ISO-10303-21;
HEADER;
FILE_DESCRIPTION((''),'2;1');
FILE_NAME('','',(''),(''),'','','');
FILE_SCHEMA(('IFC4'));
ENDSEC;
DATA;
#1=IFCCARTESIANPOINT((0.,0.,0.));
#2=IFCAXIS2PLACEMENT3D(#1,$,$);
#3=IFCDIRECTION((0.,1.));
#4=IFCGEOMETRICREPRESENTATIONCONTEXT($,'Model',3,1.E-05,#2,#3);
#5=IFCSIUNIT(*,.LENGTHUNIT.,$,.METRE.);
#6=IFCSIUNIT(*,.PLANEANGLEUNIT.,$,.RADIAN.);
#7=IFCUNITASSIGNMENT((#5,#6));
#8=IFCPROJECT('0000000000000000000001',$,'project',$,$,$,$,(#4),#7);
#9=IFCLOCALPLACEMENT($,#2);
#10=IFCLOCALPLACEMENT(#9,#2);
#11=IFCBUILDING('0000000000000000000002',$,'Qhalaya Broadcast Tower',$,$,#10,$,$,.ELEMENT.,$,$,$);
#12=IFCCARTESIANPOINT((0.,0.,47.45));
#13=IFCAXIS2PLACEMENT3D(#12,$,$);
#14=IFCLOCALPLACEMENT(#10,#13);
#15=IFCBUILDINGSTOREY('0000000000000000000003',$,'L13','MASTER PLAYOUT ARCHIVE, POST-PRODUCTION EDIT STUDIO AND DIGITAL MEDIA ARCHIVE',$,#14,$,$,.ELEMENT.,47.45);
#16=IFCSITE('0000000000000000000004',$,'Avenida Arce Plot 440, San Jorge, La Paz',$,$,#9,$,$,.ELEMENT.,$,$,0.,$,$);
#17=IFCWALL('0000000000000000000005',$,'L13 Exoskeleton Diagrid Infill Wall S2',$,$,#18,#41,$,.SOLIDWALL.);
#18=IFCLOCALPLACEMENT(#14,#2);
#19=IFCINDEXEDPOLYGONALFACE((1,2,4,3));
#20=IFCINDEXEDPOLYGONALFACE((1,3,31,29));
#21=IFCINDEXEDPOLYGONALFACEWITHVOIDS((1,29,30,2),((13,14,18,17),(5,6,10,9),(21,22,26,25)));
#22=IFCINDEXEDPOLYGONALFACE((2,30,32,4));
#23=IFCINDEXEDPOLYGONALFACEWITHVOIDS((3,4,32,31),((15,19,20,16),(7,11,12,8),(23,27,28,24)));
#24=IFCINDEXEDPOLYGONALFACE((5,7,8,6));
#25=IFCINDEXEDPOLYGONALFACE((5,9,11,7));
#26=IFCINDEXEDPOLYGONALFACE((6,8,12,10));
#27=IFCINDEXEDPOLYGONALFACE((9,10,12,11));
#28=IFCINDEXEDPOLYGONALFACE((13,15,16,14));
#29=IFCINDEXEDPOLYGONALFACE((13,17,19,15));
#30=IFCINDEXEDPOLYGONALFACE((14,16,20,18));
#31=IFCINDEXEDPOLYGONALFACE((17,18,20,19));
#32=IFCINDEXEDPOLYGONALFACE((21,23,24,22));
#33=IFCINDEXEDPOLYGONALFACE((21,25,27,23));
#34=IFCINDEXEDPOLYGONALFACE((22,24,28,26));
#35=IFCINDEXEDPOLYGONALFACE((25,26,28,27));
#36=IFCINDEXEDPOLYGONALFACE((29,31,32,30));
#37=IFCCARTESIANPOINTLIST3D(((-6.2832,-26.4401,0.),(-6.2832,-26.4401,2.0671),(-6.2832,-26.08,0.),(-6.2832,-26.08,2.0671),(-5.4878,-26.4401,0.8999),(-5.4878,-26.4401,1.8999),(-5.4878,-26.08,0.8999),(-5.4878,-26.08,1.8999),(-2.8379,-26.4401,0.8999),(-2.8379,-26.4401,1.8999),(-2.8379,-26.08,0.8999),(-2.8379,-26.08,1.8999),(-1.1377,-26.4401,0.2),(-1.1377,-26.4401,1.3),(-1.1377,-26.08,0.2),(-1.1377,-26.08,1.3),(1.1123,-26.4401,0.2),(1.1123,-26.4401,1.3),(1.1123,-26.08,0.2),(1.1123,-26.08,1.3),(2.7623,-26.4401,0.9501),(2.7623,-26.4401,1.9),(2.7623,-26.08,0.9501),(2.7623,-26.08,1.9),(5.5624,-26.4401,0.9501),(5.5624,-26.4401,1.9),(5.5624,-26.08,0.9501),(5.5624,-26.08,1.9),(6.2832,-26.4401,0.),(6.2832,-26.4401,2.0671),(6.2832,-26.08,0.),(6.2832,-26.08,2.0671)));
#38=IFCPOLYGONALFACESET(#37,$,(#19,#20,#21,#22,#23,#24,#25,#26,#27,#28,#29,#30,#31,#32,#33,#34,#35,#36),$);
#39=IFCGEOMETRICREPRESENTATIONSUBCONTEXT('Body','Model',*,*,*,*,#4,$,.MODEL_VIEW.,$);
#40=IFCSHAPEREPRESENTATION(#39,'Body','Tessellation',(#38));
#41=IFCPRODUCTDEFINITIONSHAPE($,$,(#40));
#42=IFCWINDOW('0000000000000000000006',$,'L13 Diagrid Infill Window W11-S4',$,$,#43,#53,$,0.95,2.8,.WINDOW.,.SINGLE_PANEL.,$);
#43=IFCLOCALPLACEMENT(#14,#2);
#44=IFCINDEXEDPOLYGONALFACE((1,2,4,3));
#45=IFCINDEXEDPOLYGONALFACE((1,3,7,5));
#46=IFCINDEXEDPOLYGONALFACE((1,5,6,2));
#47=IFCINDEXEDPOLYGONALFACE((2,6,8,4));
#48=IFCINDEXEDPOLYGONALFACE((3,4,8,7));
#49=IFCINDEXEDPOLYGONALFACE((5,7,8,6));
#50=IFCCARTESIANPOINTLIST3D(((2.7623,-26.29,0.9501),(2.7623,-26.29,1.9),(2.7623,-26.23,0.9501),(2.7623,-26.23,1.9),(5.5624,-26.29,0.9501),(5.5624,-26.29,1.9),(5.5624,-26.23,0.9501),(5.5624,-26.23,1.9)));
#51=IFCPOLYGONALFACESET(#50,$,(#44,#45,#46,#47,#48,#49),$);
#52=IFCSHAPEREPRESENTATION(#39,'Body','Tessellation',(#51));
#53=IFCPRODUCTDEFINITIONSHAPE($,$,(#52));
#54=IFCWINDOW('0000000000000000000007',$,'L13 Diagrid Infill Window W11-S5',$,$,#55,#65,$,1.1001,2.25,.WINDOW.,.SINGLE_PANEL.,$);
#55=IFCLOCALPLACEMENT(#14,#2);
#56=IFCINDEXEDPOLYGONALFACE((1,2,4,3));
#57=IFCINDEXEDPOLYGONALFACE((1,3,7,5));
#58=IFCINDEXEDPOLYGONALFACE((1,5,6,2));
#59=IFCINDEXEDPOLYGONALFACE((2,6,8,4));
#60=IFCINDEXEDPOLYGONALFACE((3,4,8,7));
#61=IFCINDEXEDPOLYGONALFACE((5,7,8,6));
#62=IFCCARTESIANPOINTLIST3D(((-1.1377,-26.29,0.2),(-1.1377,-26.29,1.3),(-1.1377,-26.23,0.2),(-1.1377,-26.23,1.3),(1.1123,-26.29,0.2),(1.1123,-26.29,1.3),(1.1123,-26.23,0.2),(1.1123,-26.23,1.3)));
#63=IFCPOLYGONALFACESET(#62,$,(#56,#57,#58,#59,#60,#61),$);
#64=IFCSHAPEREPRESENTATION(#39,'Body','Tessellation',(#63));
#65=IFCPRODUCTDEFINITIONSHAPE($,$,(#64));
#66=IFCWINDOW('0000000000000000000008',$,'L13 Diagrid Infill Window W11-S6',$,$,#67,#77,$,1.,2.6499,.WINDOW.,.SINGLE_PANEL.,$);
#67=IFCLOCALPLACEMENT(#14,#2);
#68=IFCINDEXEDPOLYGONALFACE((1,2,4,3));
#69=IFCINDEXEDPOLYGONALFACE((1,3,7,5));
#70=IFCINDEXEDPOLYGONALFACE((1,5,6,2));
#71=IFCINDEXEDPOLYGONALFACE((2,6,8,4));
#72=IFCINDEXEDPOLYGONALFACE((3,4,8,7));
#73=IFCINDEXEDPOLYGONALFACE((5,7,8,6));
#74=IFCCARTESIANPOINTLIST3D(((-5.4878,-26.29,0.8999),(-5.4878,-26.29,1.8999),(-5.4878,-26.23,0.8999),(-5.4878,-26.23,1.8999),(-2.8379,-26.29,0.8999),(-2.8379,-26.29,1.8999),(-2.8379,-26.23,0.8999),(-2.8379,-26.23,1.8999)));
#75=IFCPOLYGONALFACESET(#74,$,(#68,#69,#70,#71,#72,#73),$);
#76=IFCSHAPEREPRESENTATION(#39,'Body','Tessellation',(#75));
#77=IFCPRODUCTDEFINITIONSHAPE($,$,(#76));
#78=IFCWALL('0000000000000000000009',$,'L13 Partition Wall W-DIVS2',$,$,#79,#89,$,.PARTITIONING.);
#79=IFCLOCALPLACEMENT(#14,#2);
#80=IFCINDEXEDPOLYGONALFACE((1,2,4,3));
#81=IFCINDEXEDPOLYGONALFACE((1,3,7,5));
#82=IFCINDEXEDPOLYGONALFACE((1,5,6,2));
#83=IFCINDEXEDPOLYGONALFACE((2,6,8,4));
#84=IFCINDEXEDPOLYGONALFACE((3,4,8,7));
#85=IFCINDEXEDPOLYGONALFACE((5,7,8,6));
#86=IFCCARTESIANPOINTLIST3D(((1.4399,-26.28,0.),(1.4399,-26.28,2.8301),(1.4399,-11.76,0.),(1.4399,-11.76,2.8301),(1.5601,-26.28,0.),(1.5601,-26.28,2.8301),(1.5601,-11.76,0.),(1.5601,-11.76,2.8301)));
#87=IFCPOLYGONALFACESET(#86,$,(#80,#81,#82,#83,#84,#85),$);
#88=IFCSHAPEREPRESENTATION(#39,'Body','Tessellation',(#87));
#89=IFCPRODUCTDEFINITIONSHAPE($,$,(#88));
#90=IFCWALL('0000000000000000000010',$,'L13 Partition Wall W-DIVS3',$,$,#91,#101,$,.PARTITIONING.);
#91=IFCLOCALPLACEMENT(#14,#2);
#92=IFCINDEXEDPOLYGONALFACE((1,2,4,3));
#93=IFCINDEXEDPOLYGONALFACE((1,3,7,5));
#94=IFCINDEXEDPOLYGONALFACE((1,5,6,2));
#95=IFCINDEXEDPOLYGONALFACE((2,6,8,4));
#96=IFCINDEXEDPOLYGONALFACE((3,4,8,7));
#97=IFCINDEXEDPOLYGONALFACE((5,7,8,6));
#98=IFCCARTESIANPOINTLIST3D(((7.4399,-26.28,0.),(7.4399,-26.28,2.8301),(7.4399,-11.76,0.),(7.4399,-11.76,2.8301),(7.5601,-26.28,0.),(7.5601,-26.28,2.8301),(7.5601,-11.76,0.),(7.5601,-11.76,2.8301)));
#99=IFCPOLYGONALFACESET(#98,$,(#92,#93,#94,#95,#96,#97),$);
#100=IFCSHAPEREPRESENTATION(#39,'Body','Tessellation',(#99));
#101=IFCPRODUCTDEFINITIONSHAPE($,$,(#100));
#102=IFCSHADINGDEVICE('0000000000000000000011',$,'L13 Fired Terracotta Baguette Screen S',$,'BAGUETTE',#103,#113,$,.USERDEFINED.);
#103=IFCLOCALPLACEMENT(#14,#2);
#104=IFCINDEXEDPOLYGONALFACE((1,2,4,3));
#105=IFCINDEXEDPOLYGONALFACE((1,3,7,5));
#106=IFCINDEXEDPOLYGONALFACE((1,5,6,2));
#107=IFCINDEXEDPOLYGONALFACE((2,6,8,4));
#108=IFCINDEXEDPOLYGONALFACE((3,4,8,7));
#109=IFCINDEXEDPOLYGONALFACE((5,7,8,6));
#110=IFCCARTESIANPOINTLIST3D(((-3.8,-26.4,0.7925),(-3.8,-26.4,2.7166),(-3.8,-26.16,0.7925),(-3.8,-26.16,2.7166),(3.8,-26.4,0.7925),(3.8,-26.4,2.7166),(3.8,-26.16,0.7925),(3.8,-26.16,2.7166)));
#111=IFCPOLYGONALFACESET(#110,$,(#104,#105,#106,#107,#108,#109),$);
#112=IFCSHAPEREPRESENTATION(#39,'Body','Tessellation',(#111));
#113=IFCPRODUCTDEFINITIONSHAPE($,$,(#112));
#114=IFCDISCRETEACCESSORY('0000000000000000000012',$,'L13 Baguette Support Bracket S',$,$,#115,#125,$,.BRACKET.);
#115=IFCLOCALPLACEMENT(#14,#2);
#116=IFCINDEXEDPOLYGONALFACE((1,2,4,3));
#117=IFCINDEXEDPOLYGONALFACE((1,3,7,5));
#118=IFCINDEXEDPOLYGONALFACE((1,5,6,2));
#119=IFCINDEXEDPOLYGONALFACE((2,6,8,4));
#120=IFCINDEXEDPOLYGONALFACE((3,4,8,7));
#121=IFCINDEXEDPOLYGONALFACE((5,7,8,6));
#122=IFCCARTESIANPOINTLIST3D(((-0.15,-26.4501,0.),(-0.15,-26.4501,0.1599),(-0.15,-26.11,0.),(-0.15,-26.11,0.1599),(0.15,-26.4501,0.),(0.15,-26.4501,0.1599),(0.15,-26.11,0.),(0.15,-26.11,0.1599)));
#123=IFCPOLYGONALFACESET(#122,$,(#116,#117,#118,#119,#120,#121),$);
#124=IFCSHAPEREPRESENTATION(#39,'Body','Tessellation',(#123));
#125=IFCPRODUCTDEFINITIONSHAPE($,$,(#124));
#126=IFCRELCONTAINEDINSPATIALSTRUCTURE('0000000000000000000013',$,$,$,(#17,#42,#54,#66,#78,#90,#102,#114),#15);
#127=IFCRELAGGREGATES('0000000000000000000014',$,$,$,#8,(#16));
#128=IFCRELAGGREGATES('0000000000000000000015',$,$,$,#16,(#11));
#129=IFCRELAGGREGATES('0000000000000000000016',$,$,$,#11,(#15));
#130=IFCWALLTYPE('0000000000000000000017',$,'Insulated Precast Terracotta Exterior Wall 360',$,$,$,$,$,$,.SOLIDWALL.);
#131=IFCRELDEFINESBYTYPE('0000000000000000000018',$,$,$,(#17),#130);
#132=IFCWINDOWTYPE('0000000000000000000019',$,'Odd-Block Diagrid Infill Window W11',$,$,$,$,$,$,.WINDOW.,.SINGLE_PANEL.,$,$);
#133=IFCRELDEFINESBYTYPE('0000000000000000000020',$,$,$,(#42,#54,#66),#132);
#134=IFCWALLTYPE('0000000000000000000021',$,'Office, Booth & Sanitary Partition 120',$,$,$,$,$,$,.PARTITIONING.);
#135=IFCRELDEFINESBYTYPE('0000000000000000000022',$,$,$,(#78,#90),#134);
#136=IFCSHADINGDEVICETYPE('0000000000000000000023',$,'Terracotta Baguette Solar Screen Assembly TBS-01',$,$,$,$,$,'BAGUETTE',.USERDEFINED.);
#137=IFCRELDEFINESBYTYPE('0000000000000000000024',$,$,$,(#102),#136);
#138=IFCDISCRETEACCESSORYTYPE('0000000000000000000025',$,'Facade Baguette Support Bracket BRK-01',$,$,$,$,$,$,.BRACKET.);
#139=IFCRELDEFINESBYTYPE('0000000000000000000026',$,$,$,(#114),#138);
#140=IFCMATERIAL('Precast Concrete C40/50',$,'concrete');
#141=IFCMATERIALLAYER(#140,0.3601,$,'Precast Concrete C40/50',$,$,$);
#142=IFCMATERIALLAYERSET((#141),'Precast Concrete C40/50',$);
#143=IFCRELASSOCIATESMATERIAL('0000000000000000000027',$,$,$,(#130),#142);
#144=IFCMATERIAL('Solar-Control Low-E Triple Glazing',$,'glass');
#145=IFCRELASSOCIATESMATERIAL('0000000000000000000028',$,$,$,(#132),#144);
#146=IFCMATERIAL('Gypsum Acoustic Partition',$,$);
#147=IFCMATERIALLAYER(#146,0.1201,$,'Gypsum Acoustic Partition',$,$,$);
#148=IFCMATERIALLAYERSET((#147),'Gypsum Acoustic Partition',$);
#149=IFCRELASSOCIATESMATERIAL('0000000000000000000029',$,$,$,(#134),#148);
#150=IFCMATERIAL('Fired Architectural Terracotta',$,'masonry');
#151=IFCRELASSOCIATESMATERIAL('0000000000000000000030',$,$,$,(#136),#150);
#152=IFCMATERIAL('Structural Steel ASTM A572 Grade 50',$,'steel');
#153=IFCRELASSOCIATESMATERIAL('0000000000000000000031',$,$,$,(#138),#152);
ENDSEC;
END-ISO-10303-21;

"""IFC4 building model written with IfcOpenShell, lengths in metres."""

from ifc_helpers import new_model, si_unit, direction, frame, frame_2d, origin, origin_2d, place, context, subcontext, project, spatial, rectangle, extrude, material, layer, layer_set, type_object, element, fill, save


model = new_model("IFC4")

# Units and contexts
model_context = context("Model", 3, precision=1e-05, world=origin(), true_north=direction((0.0, 1.0)))
body_context = subcontext(model_context, "Body", "Model", "MODEL_VIEW")
ifc_project = project(units=[si_unit("LENGTHUNIT", "METRE"), si_unit("PLANEANGLEUNIT", "RADIAN")], contexts=[model_context])

# Site, building, storey
site_placement = place(None, origin())
site = spatial("IfcSite", under=ifc_project, at=site_placement, Name="Avenida Arce Plot 440, San Jorge, La Paz", CompositionType="ELEMENT", RefElevation=0.0)
building_placement = place(site_placement, origin())
building = spatial("IfcBuilding", under=site, at=building_placement, Name="Qhalaya Broadcast Tower", CompositionType="ELEMENT")
storey_placement = place(building_placement, frame((0.0, 0.0, 47.45)))
storey = spatial("IfcBuildingStorey", under=building, at=storey_placement, Name="L13", Description="MASTER PLAYOUT ARCHIVE, POST-PRODUCTION EDIT STUDIO AND DIGITAL MEDIA ARCHIVE", CompositionType="ELEMENT", Elevation=47.45)

# Shared definitions
ifc_material_1 = material(Name="Structural Steel ASTM A572 Grade 50", Category="steel")

# Shared definitions
ifc_material_2 = material(Name="Gypsum Acoustic Partition")

# Wall, openings, windows
ifc_material_3 = material(Name="Precast Concrete C40/50", Category="concrete")
ifc_layer_1 = layer(ifc_material_3, 0.3601, Name="Precast Concrete C40/50")
ifc_layer_set_1 = layer_set([ifc_layer_1], Name="Precast Concrete C40/50")
wall_type_1 = type_object("IfcWallType", Name="Insulated Precast Terracotta Exterior Wall 360", PredefinedType="SOLIDWALL", material=ifc_layer_set_1)
wall_1_placement = place(storey_placement, frame((6.2832, -26.26, 0.0), z_axis=(0.0, 0.0, 1.0), x_axis=(-1.0, 0.0, 0.0)))
wall_1 = element("IfcWall", 1, at=wall_1_placement, inside=storey, type_object=wall_type_1, Name="L13 Exoskeleton Diagrid Infill Wall S2", PredefinedType="SOLIDWALL", context=body_context, shape_type="SweptSolid", body=[
    extrude(rectangle(XDim=12.5664, YDim=0.3601, at=frame_2d((6.2832, 0.0))), origin(), (0.0, 0.0, 1.0), 2.0671),
])
opening_1_placement = place(wall_1_placement, frame((0.7209, 0.0, 0.95)))
opening_1 = element("IfcOpeningElement", 2, at=opening_1_placement, cuts=wall_1, PredefinedType="OPENING", context=body_context, shape_type="SweptSolid", body=[
    extrude(rectangle(XDim=2.8, YDim=0.95, at=frame_2d((1.3999, 0.4751))), frame((0.0, 0.1921, 0.0), z_axis=(0.0, -1.0, 0.0), x_axis=(1.0, 0.0, 0.0)), (0.0, 0.0, 1.0), 0.384),
])
opening_2_placement = place(wall_1_placement, frame((5.1709, 0.0, 0.2)))
opening_2 = element("IfcOpeningElement", 3, at=opening_2_placement, cuts=wall_1, PredefinedType="OPENING", context=body_context, shape_type="SweptSolid", body=[
    extrude(rectangle(XDim=2.25, YDim=1.1001, at=frame_2d((1.125, 0.55))), frame((0.0, 0.1921, 0.0), z_axis=(0.0, -1.0, 0.0), x_axis=(1.0, 0.0, 0.0)), (0.0, 0.0, 1.0), 0.384),
])
opening_3_placement = place(wall_1_placement, frame((9.1211, 0.0, 0.8999)))
opening_3 = element("IfcOpeningElement", 4, at=opening_3_placement, cuts=wall_1, PredefinedType="OPENING", context=body_context, shape_type="SweptSolid", body=[
    extrude(rectangle(XDim=2.6499, YDim=1.0, at=frame_2d((1.325, 0.5))), frame((0.0, 0.1921, 0.0), z_axis=(0.0, -1.0, 0.0), x_axis=(1.0, 0.0, 0.0)), (0.0, 0.0, 1.0), 0.384),
])
ifc_material_4 = material(Name="Solar-Control Low-E Triple Glazing", Category="glass")
window_type = type_object("IfcWindowType", Name="Odd-Block Diagrid Infill Window W11", PartitioningType="SINGLE_PANEL", PredefinedType="WINDOW", material=ifc_material_4)
window_1_placement = place(opening_1_placement, origin())
window_1 = element("IfcWindow", 5, at=window_1_placement, inside=storey, type_object=window_type, Name="L13 Diagrid Infill Window W11-S4", OverallHeight=0.95, OverallWidth=2.8, PartitioningType="SINGLE_PANEL", PredefinedType="WINDOW", context=body_context, shape_type="SweptSolid", body=[
    extrude(rectangle(XDim=2.8, YDim=0.95, at=frame_2d((1.3999, 0.4751))), frame((0.0, 0.03, 0.0), z_axis=(0.0, -1.0, 0.0), x_axis=(1.0, 0.0, 0.0)), (0.0, 0.0, 1.0), 0.0601),
])
fill(opening_1, window_1)
window_2_placement = place(opening_2_placement, origin())
window_2 = element("IfcWindow", 6, at=window_2_placement, inside=storey, type_object=window_type, Name="L13 Diagrid Infill Window W11-S5", OverallHeight=1.1001, OverallWidth=2.25, PartitioningType="SINGLE_PANEL", PredefinedType="WINDOW", context=body_context, shape_type="SweptSolid", body=[
    extrude(rectangle(XDim=2.25, YDim=1.1001, at=frame_2d((1.125, 0.55))), frame((0.0, 0.03, 0.0), z_axis=(0.0, -1.0, 0.0), x_axis=(1.0, 0.0, 0.0)), (0.0, 0.0, 1.0), 0.0601),
])
fill(opening_2, window_2)
window_3_placement = place(opening_3_placement, origin())
window_3 = element("IfcWindow", 7, at=window_3_placement, inside=storey, type_object=window_type, Name="L13 Diagrid Infill Window W11-S6", OverallHeight=1.0, OverallWidth=2.6499, PartitioningType="SINGLE_PANEL", PredefinedType="WINDOW", context=body_context, shape_type="SweptSolid", body=[
    extrude(rectangle(XDim=2.6499, YDim=1.0, at=frame_2d((1.325, 0.5))), frame((0.0, 0.03, 0.0), z_axis=(0.0, -1.0, 0.0), x_axis=(1.0, 0.0, 0.0)), (0.0, 0.0, 1.0), 0.0601),
])
fill(opening_3, window_3)

# Walls
ifc_layer_2 = layer(ifc_material_2, 0.1201, Name="Gypsum Acoustic Partition")
ifc_layer_set_2 = layer_set([ifc_layer_2], Name="Gypsum Acoustic Partition")
wall_type_2 = type_object("IfcWallType", Name="Office, Booth & Sanitary Partition 120", PredefinedType="PARTITIONING", material=ifc_layer_set_2)
for number, where, z_axis, x_axis, name in (
    (8, (1.5, -26.28, 0.0), (0.0, 0.0, 1.0), (0.0, 1.0, 0.0), "L13 Partition Wall W-DIVS2"),
    (9, (7.5, -26.28, 0.0), (0.0, 0.0, 1.0), (0.0, 1.0, 0.0), "L13 Partition Wall W-DIVS3"),
):
    element("IfcWall", number, at=place(storey_placement, frame(where, z_axis=z_axis, x_axis=x_axis)), inside=storey, type_object=wall_type_2, Name=name, PredefinedType="PARTITIONING", context=body_context, shape_type="SweptSolid", body=[
        extrude(rectangle(XDim=14.52, YDim=0.1201, at=frame_2d((7.26, 0.0))), origin(), (0.0, 0.0, 1.0), 2.8301),
    ])

# Shading device
ifc_material_5 = material(Name="Fired Architectural Terracotta", Category="masonry")
shading_device_type = type_object("IfcShadingDeviceType", Name="Terracotta Baguette Solar Screen Assembly TBS-01", ElementType="BAGUETTE", PredefinedType="USERDEFINED", material=ifc_material_5)
shading_device_placement = place(storey_placement, frame((0.0, -26.28, 0.7925), z_axis=(0.0, 0.0, 1.0), x_axis=(1.0, 0.0, 0.0)))
element("IfcShadingDevice", 10, at=shading_device_placement, inside=storey, type_object=shading_device_type, Name="L13 Fired Terracotta Baguette Screen S", ObjectType="BAGUETTE", PredefinedType="USERDEFINED", context=body_context, shape_type="SweptSolid", body=[
    extrude(rectangle(XDim=7.6001, YDim=0.24, at=origin_2d()), origin(), (0.0, 0.0, 1.0), 1.9241),
])

# Discrete accessory
discrete_accessory_type = type_object("IfcDiscreteAccessoryType", Name="Facade Baguette Support Bracket BRK-01", PredefinedType="BRACKET", material=ifc_material_1)
discrete_accessory_placement = place(storey_placement, frame((0.0, -26.28, 0.0), z_axis=(0.0, 0.0, 1.0), x_axis=(1.0, 0.0, 0.0)))
element("IfcDiscreteAccessory", 11, at=discrete_accessory_placement, inside=storey, type_object=discrete_accessory_type, Name="L13 Baguette Support Bracket S", PredefinedType="BRACKET", context=body_context, shape_type="SweptSolid", body=[
    extrude(rectangle(XDim=0.3, YDim=0.3401, at=origin_2d()), origin(), (0.0, 0.0, 1.0), 0.1599),
])

save(model, "model.ifc")
